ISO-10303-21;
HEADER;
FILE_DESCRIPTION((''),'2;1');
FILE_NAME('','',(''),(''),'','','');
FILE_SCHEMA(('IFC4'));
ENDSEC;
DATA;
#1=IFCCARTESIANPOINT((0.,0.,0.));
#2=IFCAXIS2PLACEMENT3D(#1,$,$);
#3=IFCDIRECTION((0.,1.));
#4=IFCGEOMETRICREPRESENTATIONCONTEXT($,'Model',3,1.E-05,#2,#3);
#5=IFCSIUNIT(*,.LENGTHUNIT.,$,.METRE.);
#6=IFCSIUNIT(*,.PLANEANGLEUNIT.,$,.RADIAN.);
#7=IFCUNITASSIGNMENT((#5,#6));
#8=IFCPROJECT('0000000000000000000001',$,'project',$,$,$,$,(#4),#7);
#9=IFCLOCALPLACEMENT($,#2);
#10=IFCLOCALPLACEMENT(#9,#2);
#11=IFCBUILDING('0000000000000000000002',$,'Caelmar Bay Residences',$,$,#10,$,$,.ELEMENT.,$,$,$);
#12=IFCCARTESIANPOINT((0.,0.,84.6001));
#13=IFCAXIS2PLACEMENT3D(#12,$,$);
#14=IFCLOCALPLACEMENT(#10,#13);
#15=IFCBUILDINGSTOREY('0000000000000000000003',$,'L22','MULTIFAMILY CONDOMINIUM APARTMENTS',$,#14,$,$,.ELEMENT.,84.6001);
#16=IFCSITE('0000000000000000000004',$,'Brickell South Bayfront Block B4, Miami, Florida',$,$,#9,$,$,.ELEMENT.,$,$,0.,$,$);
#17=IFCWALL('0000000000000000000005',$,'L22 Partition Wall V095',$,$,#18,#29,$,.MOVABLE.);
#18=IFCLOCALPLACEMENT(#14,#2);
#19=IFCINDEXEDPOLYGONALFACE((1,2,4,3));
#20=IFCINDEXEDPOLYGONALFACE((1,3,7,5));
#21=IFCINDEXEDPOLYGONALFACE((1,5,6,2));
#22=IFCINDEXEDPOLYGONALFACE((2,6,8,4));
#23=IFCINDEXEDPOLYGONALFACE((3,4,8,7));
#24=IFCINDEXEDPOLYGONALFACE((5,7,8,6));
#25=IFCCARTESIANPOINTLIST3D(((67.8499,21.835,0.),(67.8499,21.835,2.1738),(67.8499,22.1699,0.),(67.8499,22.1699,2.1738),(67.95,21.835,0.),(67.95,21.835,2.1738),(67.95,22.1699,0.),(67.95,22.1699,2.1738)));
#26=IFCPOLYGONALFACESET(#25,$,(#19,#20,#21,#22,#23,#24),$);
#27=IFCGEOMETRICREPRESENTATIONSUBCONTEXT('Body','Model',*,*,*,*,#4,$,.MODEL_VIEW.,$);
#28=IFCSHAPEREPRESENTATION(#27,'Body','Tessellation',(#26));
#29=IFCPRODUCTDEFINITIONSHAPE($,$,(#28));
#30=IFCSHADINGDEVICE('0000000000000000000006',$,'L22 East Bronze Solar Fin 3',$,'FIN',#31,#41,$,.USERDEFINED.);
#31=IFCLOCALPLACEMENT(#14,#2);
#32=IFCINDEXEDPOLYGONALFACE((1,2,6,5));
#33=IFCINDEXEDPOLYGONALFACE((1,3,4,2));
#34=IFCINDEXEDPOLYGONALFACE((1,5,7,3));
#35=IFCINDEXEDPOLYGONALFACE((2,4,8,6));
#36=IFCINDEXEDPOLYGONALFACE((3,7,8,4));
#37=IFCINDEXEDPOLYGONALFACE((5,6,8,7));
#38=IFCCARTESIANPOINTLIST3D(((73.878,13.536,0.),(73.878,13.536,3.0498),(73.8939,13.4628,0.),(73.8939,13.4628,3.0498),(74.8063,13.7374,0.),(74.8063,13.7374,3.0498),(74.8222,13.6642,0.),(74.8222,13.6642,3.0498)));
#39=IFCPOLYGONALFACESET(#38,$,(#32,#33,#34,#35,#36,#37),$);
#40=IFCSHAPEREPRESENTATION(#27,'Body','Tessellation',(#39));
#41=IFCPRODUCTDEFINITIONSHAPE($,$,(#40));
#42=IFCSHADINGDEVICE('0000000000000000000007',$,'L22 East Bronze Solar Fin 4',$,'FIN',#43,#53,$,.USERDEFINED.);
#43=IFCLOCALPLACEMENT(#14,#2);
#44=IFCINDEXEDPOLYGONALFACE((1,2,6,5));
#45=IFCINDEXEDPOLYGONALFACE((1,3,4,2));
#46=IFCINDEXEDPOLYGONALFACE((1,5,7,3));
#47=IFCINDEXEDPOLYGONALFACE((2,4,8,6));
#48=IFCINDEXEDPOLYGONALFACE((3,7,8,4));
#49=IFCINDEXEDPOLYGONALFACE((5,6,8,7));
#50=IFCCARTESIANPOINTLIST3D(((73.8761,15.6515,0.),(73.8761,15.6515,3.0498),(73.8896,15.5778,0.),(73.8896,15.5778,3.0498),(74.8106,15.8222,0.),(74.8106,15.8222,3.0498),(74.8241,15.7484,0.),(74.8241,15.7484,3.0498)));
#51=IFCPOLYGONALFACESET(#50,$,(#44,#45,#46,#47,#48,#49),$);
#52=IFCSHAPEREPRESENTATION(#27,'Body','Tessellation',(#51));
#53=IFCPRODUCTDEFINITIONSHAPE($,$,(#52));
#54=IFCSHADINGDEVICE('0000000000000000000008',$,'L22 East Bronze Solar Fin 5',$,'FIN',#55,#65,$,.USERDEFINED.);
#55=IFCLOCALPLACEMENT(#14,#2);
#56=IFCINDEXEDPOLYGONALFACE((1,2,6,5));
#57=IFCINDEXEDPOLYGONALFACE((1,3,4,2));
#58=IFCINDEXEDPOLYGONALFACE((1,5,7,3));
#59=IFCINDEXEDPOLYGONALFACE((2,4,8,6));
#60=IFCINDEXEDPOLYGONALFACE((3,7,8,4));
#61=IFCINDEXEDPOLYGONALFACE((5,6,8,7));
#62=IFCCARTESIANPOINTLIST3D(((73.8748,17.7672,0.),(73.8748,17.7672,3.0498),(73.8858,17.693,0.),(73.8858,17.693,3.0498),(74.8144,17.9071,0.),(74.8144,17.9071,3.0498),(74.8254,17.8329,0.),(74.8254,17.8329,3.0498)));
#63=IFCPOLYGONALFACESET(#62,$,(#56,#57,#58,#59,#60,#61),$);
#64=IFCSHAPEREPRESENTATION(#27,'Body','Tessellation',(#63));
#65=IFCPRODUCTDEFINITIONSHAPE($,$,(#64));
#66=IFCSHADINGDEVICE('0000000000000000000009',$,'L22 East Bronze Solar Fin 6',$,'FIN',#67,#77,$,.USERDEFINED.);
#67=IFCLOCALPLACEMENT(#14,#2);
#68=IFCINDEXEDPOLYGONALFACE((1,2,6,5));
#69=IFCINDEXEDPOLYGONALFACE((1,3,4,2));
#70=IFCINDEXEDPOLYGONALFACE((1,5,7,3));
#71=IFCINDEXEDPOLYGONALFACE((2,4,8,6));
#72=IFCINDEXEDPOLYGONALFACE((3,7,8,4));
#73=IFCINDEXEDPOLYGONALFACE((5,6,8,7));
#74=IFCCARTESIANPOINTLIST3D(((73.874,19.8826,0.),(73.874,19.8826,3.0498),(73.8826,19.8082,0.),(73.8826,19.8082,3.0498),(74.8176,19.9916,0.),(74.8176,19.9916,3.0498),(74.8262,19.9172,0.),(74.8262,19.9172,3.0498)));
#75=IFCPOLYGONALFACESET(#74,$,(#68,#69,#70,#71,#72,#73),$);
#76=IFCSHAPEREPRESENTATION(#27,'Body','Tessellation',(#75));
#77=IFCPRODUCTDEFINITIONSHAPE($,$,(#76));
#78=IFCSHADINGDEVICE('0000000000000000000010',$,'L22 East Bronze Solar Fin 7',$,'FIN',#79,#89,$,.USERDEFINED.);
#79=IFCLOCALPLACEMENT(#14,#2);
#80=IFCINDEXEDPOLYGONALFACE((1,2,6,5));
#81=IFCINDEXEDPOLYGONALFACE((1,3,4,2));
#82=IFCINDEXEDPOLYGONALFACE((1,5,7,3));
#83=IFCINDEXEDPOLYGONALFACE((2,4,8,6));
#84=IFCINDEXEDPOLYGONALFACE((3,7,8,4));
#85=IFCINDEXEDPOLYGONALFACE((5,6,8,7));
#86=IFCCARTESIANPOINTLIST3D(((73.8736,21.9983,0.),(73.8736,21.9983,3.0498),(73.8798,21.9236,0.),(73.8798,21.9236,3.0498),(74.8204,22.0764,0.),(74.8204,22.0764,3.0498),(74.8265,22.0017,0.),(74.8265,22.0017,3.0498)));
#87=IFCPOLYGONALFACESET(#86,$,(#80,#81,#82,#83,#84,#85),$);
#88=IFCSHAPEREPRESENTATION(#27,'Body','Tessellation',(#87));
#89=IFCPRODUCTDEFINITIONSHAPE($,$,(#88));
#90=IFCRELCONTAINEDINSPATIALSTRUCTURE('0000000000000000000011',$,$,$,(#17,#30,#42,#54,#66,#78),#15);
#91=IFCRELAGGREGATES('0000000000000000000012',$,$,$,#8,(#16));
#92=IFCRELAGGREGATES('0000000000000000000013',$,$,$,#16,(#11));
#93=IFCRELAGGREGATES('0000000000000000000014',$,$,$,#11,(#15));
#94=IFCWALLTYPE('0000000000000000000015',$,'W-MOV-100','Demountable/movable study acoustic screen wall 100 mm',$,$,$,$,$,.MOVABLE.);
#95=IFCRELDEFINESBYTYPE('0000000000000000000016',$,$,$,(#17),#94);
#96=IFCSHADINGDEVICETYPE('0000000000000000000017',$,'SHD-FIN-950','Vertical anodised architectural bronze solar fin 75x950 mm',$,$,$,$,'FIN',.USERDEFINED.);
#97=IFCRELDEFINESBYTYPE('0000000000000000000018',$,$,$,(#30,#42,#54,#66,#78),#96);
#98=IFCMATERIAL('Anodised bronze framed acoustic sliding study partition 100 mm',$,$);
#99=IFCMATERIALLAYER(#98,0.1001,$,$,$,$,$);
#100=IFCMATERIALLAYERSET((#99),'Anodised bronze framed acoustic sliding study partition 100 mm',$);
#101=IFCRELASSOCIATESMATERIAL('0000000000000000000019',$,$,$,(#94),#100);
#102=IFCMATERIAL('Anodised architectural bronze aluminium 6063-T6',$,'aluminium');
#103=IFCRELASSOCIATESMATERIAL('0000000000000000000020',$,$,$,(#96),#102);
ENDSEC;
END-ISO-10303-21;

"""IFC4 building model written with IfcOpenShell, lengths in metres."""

from ifc_helpers import new_model, si_unit, direction, frame, frame_2d, origin, origin_2d, place, context, subcontext, project, spatial, rectangle, extrude, material, layer, layer_set, material_profile, profile_set, type_object, element, save


model = new_model("IFC4")

# Units and contexts
model_context = context("Model", 3, precision=1e-05, world=origin(), true_north=direction((0.0, 1.0)))
body_context = subcontext(model_context, "Body", "Model", "MODEL_VIEW")
ifc_project = project(units=[si_unit("LENGTHUNIT", "METRE"), si_unit("PLANEANGLEUNIT", "RADIAN")], contexts=[model_context])

# Site, building, storey
site_placement = place(None, origin())
site = spatial("IfcSite", under=ifc_project, at=site_placement, Name="Brickell South Bayfront Block B4, Miami, Florida", CompositionType="ELEMENT", RefElevation=0.0)
building_placement = place(site_placement, origin())
building = spatial("IfcBuilding", under=site, at=building_placement, Name="Caelmar Bay Residences", CompositionType="ELEMENT")
storey_placement = place(building_placement, frame((0.0, 0.0, 84.6001)))
storey = spatial("IfcBuildingStorey", under=building, at=storey_placement, Name="L22", Description="MULTIFAMILY CONDOMINIUM APARTMENTS", CompositionType="ELEMENT", Elevation=84.6001)

# Wall
ifc_material_1 = material(Name="Anodised bronze framed acoustic sliding study partition 100 mm")
ifc_layer_1 = layer(ifc_material_1, 0.1001)
ifc_layer_set_1 = layer_set([ifc_layer_1], Name="Anodised bronze framed acoustic sliding study partition 100 mm")
wall_type = type_object("IfcWallType", Name="W-MOV-100", Description="Demountable/movable study acoustic screen wall 100 mm", PredefinedType="MOVABLE", material=ifc_layer_set_1)
wall_placement = place(storey_placement, frame((67.8999, 21.835, 0.0), z_axis=(0.0, 0.0, 1.0), x_axis=(0.0, 1.0, 0.0)))
element("IfcWall", 1, at=wall_placement, inside=storey, type_object=wall_type, Name="L22 Partition Wall V095", PredefinedType="MOVABLE", context=body_context, shape_type="SweptSolid", body=[
    extrude(rectangle(XDim=0.335, YDim=0.1001, at=frame_2d((0.1675, 0.0))), origin(), (0.0, 0.0, 1.0), 2.1738),
])

# Shading devices
ifc_material_2 = material(Name="Anodised architectural bronze aluminium 6063-T6", Category="aluminium")
ifc_material_profile_1 = material_profile(ifc_material_2, rectangle(XDim=0.075, YDim=0.95, at=origin_2d()), Name="BRONZE-FIN-75X950")
ifc_profile_set_1 = profile_set([ifc_material_profile_1], Name="Anodised architectural bronze aluminium 6063-T6")
shading_device_type = type_object("IfcShadingDeviceType", Name="SHD-FIN-950", Description="Vertical anodised architectural bronze solar fin 75x950 mm", ElementType="FIN", PredefinedType="USERDEFINED", material=ifc_profile_set_1)
for number, where, z_axis, x_axis, name in (
    (2, (74.3501, 13.6001, 0.0), (0.0, 0.0, 1.0), (-0.212007, 0.977268, 0.0), "L22 East Bronze Solar Fin 3"),
    (3, (74.3501, 15.7, 0.0), (0.0, 0.0, 1.0), (-0.179661, 0.983729, 0.0), "L22 East Bronze Solar Fin 4"),
    (4, (74.3501, 17.8, 0.0), (0.0, 0.0, 1.0), (-0.147292, 0.989093, 0.0), "L22 East Bronze Solar Fin 5"),
    (5, (74.3501, 19.8999, 0.0), (0.0, 0.0, 1.0), (-0.114764, 0.993393, 0.0), "L22 East Bronze Solar Fin 6"),
    (6, (74.3501, 22.0, 0.0), (0.0, 0.0, 1.0), (-0.082112, 0.996623, 0.0), "L22 East Bronze Solar Fin 7"),
):
    element("IfcShadingDevice", number, at=place(storey_placement, frame(where, z_axis=z_axis, x_axis=x_axis)), inside=storey, type_object=shading_device_type, Name=name, ObjectType="FIN", PredefinedType="USERDEFINED", context=body_context, shape_type="SweptSolid", body=[
        extrude(rectangle(XDim=0.075, YDim=0.95, at=origin_2d()), origin(), (0.0, 0.0, 1.0), 3.0498),
    ])

save(model, "model.ifc")
